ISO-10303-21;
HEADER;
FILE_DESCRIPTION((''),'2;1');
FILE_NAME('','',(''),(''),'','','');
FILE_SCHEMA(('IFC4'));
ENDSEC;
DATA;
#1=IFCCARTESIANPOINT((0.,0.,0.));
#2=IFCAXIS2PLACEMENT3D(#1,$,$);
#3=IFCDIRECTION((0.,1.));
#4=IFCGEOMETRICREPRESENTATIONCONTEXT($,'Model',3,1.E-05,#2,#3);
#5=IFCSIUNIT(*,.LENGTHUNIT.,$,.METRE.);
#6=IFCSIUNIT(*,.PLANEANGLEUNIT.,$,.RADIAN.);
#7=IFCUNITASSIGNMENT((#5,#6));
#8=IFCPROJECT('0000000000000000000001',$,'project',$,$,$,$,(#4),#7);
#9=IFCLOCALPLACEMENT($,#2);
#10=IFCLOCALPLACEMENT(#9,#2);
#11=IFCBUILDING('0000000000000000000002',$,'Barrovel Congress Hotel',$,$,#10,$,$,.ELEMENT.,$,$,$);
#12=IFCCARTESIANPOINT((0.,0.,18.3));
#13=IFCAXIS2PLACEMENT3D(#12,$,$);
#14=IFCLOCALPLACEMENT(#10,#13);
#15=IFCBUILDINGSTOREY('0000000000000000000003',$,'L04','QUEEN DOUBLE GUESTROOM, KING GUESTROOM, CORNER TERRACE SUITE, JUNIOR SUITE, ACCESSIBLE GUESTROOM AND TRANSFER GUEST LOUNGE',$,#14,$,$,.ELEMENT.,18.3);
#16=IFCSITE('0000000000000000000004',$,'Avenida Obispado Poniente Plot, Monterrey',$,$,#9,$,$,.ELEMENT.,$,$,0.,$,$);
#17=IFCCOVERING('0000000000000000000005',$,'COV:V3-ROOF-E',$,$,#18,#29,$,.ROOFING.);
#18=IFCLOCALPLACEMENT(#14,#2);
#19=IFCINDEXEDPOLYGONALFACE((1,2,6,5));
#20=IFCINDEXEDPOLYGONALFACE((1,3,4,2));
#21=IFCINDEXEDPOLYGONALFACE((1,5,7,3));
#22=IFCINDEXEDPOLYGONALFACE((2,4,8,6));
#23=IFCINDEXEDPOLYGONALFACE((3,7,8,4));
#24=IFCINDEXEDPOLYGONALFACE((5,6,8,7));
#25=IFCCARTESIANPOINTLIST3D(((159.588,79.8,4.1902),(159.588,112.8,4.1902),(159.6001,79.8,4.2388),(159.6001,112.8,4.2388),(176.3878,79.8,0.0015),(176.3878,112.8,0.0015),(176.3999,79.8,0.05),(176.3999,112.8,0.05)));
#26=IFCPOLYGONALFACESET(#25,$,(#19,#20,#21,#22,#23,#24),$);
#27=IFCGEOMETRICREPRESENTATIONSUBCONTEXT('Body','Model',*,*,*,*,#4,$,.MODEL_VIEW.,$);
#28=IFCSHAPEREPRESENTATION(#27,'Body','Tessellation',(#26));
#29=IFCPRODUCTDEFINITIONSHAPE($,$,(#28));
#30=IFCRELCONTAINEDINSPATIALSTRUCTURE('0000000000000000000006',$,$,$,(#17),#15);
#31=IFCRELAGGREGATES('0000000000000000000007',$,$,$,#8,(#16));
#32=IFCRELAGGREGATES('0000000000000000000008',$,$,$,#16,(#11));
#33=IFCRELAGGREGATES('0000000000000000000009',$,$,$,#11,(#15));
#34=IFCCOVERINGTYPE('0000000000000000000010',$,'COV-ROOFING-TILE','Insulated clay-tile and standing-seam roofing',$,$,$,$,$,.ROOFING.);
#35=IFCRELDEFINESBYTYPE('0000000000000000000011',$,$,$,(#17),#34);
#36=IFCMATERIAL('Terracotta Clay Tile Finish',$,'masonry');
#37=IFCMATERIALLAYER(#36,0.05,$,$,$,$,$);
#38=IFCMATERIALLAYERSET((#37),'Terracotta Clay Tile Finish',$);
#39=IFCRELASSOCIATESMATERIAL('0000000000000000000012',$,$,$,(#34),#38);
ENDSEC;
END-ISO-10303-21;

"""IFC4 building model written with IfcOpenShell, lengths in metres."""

from ifc_helpers import new_model, si_unit, direction, frame, origin, place, context, subcontext, project, spatial, polyline, outline, extrude, material, layer, layer_set, type_object, element, save


model = new_model("IFC4")

# Units and contexts
model_context = context("Model", 3, precision=1e-05, world=origin(), true_north=direction((0.0, 1.0)))
body_context = subcontext(model_context, "Body", "Model", "MODEL_VIEW")
ifc_project = project(units=[si_unit("LENGTHUNIT", "METRE"), si_unit("PLANEANGLEUNIT", "RADIAN")], contexts=[model_context])

# Site, building, storey
site_placement = place(None, origin())
site = spatial("IfcSite", under=ifc_project, at=site_placement, Name="Avenida Obispado Poniente Plot, Monterrey", CompositionType="ELEMENT", RefElevation=0.0)
building_placement = place(site_placement, origin())
building = spatial("IfcBuilding", under=site, at=building_placement, Name="Barrovel Congress Hotel", CompositionType="ELEMENT")
storey_placement = place(building_placement, frame((0.0, 0.0, 18.3)))
storey = spatial("IfcBuildingStorey", under=building, at=storey_placement, Name="L04", Description="QUEEN DOUBLE GUESTROOM, KING GUESTROOM, CORNER TERRACE SUITE, JUNIOR SUITE, ACCESSIBLE GUESTROOM AND TRANSFER GUEST LOUNGE", CompositionType="ELEMENT", Elevation=18.3)

# Covering
ifc_material_1 = material(Name="Terracotta Clay Tile Finish", Category="masonry")
ifc_layer_1 = layer(ifc_material_1, 0.05)
ifc_layer_set_1 = layer_set([ifc_layer_1], Name="Terracotta Clay Tile Finish")
covering_type = type_object("IfcCoveringType", Name="COV-ROOFING-TILE", Description="Insulated clay-tile and standing-seam roofing", PredefinedType="ROOFING", material=ifc_layer_set_1)
covering_placement = place(storey_placement, frame((159.6001, 79.8, 4.2388), z_axis=(0.241925, 0.0, 0.970295), x_axis=(0.970295, 0.0, -0.241925)))
element("IfcCovering", 1, at=covering_placement, inside=storey, type_object=covering_type, Name="COV:V3-ROOF-E", PredefinedType="ROOFING", context=body_context, shape_type="SweptSolid", body=[
    extrude(outline(polyline([(0.0, 0.0), (17.3141, 0.0), (17.3141, 33.0), (0.0, 33.0), (0.0, 0.0)])), origin(), (0.0, 0.0, -1.0), 0.05),
])

save(model, "model.ifc")
